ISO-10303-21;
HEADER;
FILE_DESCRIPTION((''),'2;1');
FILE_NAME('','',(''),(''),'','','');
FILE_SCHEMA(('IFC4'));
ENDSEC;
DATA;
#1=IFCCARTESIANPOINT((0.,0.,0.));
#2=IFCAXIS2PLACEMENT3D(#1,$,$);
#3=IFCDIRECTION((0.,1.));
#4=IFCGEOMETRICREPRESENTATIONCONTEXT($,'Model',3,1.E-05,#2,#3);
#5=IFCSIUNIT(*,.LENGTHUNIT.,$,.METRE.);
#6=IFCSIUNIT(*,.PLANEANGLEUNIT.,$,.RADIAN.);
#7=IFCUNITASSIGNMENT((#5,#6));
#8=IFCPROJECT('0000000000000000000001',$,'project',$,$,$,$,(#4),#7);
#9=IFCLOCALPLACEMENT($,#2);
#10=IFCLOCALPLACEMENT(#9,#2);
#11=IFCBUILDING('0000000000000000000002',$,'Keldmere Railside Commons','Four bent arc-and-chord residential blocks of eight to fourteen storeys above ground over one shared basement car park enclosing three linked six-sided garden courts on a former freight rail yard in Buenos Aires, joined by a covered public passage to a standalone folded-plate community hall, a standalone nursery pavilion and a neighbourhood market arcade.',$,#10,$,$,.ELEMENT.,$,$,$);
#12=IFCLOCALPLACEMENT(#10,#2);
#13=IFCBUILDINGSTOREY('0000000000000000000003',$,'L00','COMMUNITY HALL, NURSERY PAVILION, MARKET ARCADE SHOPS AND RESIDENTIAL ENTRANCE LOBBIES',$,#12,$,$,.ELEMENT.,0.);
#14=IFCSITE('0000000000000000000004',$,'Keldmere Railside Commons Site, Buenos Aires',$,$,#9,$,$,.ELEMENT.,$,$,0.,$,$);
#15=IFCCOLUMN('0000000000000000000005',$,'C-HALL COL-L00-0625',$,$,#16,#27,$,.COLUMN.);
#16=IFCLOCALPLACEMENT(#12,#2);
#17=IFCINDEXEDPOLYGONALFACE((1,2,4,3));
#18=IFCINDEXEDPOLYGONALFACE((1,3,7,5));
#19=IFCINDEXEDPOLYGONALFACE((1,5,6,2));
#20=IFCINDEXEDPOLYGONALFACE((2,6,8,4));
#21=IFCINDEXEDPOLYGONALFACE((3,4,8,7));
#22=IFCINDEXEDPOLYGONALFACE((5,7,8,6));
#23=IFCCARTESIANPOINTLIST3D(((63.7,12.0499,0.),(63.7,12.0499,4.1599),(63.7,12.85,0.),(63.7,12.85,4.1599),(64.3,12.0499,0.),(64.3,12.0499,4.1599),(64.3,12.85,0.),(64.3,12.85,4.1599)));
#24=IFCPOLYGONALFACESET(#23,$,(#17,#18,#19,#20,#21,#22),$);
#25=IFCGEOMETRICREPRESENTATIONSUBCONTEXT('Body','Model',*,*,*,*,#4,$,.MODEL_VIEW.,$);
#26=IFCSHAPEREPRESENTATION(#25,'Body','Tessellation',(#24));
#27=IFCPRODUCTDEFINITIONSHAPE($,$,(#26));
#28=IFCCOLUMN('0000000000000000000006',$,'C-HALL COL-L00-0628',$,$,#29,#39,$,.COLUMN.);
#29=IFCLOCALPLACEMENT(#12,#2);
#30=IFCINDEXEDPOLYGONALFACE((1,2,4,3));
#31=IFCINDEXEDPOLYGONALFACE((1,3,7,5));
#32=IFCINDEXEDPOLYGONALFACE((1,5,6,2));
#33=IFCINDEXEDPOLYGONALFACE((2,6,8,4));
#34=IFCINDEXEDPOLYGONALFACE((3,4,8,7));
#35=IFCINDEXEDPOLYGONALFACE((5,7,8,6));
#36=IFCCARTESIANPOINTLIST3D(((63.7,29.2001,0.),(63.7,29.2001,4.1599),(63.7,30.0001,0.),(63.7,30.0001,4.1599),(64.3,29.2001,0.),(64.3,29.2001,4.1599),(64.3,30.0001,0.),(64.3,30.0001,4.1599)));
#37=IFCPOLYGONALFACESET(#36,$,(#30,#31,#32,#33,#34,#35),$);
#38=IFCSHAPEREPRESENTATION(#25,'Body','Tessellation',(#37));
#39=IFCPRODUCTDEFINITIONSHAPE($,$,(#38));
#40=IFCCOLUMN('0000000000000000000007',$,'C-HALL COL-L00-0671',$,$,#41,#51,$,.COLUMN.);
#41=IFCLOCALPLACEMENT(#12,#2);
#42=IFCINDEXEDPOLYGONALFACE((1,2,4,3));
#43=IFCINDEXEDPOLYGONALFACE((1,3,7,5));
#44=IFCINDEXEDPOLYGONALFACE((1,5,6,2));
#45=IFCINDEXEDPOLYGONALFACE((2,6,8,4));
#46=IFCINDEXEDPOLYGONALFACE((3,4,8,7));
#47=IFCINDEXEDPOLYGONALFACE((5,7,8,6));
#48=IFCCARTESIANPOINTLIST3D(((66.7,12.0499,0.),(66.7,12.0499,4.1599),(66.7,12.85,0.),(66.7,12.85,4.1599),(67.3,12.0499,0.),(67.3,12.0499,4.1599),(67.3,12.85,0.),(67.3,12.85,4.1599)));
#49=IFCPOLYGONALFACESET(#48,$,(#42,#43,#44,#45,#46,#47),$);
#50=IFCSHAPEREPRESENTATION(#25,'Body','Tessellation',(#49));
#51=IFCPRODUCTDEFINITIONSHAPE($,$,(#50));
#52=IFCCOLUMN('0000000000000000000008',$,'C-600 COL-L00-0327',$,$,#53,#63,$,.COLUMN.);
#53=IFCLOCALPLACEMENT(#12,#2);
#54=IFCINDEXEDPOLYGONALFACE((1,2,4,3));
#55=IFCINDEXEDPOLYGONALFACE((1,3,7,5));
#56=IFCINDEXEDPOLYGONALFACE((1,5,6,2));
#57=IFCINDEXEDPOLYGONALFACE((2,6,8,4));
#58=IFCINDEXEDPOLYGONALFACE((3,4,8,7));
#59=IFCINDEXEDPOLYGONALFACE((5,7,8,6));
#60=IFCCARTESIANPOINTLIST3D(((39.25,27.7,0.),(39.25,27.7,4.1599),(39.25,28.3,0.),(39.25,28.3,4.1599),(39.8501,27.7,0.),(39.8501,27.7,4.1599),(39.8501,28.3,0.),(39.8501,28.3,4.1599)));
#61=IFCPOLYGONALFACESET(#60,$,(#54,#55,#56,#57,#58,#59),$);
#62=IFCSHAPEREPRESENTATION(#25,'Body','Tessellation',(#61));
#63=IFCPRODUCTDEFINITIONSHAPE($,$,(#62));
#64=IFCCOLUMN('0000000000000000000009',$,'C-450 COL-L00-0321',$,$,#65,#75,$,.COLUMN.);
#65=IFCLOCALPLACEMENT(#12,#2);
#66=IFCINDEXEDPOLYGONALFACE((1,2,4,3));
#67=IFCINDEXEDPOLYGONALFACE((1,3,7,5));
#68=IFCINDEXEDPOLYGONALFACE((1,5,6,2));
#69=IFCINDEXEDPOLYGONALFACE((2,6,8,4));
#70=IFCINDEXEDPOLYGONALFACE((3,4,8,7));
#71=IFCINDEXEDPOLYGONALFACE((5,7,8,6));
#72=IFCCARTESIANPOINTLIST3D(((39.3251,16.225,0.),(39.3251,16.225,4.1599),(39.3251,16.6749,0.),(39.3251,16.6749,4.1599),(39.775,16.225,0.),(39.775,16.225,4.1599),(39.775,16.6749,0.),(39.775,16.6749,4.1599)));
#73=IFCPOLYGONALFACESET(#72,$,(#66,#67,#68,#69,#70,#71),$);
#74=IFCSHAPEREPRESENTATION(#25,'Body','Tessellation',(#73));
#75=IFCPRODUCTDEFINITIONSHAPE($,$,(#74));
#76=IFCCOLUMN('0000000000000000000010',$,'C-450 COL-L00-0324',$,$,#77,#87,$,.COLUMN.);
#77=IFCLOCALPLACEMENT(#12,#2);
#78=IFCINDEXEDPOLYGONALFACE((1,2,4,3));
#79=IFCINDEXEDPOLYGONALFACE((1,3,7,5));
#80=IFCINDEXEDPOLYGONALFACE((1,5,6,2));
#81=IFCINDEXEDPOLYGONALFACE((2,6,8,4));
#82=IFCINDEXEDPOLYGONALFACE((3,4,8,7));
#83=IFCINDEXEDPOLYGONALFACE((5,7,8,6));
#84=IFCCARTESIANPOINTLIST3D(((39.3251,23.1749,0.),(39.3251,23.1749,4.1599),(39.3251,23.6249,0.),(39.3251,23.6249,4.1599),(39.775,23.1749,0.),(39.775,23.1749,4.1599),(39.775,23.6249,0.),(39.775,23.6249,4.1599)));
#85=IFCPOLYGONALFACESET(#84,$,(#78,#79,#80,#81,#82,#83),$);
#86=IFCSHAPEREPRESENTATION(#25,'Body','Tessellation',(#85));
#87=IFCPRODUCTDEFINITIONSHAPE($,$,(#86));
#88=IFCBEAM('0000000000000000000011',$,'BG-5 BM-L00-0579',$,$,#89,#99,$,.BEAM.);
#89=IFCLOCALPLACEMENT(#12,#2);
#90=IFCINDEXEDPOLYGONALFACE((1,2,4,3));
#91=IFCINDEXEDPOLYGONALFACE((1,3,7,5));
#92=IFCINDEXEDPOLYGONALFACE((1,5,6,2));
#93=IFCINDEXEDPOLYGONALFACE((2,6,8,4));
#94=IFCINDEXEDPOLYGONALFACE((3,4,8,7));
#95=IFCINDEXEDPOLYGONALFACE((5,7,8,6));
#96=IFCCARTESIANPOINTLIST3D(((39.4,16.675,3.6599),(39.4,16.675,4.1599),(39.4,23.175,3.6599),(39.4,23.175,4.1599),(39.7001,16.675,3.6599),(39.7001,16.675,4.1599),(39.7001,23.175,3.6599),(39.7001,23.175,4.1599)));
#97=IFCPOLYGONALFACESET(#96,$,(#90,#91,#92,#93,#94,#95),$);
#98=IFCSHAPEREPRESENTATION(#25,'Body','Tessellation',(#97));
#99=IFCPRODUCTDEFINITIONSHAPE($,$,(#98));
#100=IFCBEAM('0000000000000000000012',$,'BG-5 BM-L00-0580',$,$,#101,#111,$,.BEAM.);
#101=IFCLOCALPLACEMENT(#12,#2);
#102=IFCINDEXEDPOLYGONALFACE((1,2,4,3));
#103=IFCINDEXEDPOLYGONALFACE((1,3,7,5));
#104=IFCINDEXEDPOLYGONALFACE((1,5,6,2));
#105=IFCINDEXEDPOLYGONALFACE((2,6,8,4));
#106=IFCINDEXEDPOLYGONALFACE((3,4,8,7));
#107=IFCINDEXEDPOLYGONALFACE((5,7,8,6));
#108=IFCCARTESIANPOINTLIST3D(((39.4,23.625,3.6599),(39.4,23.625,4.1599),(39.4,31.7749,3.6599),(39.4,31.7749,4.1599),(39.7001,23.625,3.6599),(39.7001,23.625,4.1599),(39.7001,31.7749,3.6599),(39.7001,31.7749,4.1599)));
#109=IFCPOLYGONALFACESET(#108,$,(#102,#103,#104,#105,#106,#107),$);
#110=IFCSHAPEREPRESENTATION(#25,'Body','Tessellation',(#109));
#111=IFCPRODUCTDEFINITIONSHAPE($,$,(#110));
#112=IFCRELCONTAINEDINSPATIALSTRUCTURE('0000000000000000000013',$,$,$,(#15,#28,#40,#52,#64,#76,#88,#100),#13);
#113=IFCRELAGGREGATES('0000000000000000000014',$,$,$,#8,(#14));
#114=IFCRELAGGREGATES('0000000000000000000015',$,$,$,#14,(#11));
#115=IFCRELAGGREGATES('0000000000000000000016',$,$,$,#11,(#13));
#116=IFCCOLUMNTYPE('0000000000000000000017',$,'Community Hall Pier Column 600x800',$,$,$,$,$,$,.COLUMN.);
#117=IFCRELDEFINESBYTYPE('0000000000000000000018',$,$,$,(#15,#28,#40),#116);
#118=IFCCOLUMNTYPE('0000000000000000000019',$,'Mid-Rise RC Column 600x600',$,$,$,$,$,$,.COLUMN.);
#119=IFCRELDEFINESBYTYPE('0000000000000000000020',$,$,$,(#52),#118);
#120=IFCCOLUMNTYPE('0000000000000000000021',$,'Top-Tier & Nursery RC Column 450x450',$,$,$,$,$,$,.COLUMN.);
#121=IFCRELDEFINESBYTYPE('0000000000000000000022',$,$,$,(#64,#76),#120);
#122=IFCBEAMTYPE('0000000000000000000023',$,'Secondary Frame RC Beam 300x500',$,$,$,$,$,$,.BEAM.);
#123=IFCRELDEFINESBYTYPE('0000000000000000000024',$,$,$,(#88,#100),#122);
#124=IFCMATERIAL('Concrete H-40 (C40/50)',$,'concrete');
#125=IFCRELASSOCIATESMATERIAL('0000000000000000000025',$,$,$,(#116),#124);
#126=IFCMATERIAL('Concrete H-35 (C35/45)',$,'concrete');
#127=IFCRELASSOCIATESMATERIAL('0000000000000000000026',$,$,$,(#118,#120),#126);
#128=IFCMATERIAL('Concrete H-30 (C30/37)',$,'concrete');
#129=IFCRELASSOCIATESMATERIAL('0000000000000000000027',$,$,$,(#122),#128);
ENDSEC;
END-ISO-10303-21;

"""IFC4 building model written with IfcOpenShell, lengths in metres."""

from ifc_helpers import new_model, si_unit, direction, frame, origin, origin_2d, place, context, subcontext, project, spatial, rectangle, extrude, material, material_profile, profile_set, type_object, element, save


model = new_model("IFC4")

# Units and contexts
model_context = context("Model", 3, precision=1e-05, world=origin(), true_north=direction((0.0, 1.0)))
body_context = subcontext(model_context, "Body", "Model", "MODEL_VIEW")
ifc_project = project(units=[si_unit("LENGTHUNIT", "METRE"), si_unit("PLANEANGLEUNIT", "RADIAN")], contexts=[model_context])

# Site, building, storey
site_placement = place(None, origin())
site = spatial("IfcSite", under=ifc_project, at=site_placement, Name="Keldmere Railside Commons Site, Buenos Aires", CompositionType="ELEMENT", RefElevation=0.0)
building_placement = place(site_placement, origin())
building = spatial("IfcBuilding", under=site, at=building_placement, Name="Keldmere Railside Commons", Description="Four bent arc-and-chord residential blocks of eight to fourteen storeys above ground over one shared basement car park enclosing three linked six-sided garden courts on a former freight rail yard in Buenos Aires, joined by a covered public passage to a standalone folded-plate community hall, a standalone nursery pavilion and a neighbourhood market arcade.", CompositionType="ELEMENT")
storey_placement = place(building_placement, origin())
storey = spatial("IfcBuildingStorey", under=building, at=storey_placement, Name="L00", Description="COMMUNITY HALL, NURSERY PAVILION, MARKET ARCADE SHOPS AND RESIDENTIAL ENTRANCE LOBBIES", CompositionType="ELEMENT", Elevation=0.0)

# Columns
ifc_material_1 = material(Name="Concrete H-40 (C40/50)", Category="concrete")
ifc_material_profile_1 = material_profile(ifc_material_1, rectangle(XDim=0.6001, YDim=0.8, at=origin_2d()), Name="RC-600x800")
ifc_profile_set_1 = profile_set([ifc_material_profile_1], Name="Concrete H-40 (C40/50)")
column_type_1 = type_object("IfcColumnType", Name="Community Hall Pier Column 600x800", PredefinedType="COLUMN", material=ifc_profile_set_1)
for number, where, z_axis, x_axis, name in (
    (1, (64.0, 12.45, 0.0), (0.0, 0.0, 1.0), (1.0, 0.0, 0.0), "C-HALL COL-L00-0625"),
    (2, (64.0, 29.6001, 0.0), (0.0, 0.0, 1.0), (1.0, 0.0, 0.0), "C-HALL COL-L00-0628"),
    (3, (67.0, 12.45, 0.0), (0.0, 0.0, 1.0), (1.0, 0.0, 0.0), "C-HALL COL-L00-0671"),
):
    element("IfcColumn", number, at=place(storey_placement, frame(where, z_axis=z_axis, x_axis=x_axis)), inside=storey, type_object=column_type_1, Name=name, PredefinedType="COLUMN", context=body_context, shape_type="SweptSolid", body=[
        extrude(rectangle(XDim=0.6001, YDim=0.8, at=origin_2d()), origin(), (0.0, 0.0, 1.0), 4.1599),
    ])
ifc_material_2 = material(Name="Concrete H-35 (C35/45)", Category="concrete")
ifc_material_profile_2 = material_profile(ifc_material_2, rectangle(XDim=0.6001, YDim=0.6001, at=origin_2d()), Name="RC-600x600")
ifc_profile_set_2 = profile_set([ifc_material_profile_2], Name="Concrete H-35 (C35/45)")
column_type_2 = type_object("IfcColumnType", Name="Mid-Rise RC Column 600x600", PredefinedType="COLUMN", material=ifc_profile_set_2)
column_placement = place(storey_placement, frame((39.55, 28.0, 0.0), z_axis=(0.0, 0.0, 1.0), x_axis=(1.0, 0.0, 0.0)))
element("IfcColumn", 4, at=column_placement, inside=storey, type_object=column_type_2, Name="C-600 COL-L00-0327", PredefinedType="COLUMN", context=body_context, shape_type="SweptSolid", body=[
    extrude(rectangle(XDim=0.6001, YDim=0.6001, at=origin_2d()), origin(), (0.0, 0.0, 1.0), 4.1599),
])
ifc_material_profile_3 = material_profile(ifc_material_2, rectangle(XDim=0.45, YDim=0.45, at=origin_2d()), Name="RC-450x450")
ifc_profile_set_3 = profile_set([ifc_material_profile_3], Name="Concrete H-35 (C35/45)")
column_type_3 = type_object("IfcColumnType", Name="Top-Tier & Nursery RC Column 450x450", PredefinedType="COLUMN", material=ifc_profile_set_3)
for number, where, z_axis, x_axis, name in (
    (5, (39.55, 16.45, 0.0), (0.0, 0.0, 1.0), (1.0, 0.0, 0.0), "C-450 COL-L00-0321"),
    (6, (39.55, 23.3999, 0.0), (0.0, 0.0, 1.0), (1.0, 0.0, 0.0), "C-450 COL-L00-0324"),
):
    element("IfcColumn", number, at=place(storey_placement, frame(where, z_axis=z_axis, x_axis=x_axis)), inside=storey, type_object=column_type_3, Name=name, PredefinedType="COLUMN", context=body_context, shape_type="SweptSolid", body=[
        extrude(rectangle(XDim=0.45, YDim=0.45, at=origin_2d()), origin(), (0.0, 0.0, 1.0), 4.1599),
    ])

# Beams
ifc_material_3 = material(Name="Concrete H-30 (C30/37)", Category="concrete")
ifc_material_profile_4 = material_profile(ifc_material_3, rectangle(XDim=0.3, YDim=0.5, at=origin_2d()), Name="RC-300x500")
ifc_profile_set_4 = profile_set([ifc_material_profile_4], Name="Concrete H-30 (C30/37)")
beam_type = type_object("IfcBeamType", Name="Secondary Frame RC Beam 300x500", PredefinedType="BEAM", material=ifc_profile_set_4)
beam_1_placement = place(storey_placement, frame((39.55, 16.675, 3.9099), z_axis=(0.0, 1.0, 0.0), x_axis=(-1.0, 0.0, 0.0)))
element("IfcBeam", 7, at=beam_1_placement, inside=storey, type_object=beam_type, Name="BG-5 BM-L00-0579", PredefinedType="BEAM", context=body_context, shape_type="SweptSolid", body=[
    extrude(rectangle(XDim=0.3, YDim=0.5, at=origin_2d()), origin(), (0.0, 0.0, 1.0), 6.5),
])
beam_2_placement = place(storey_placement, frame((39.55, 23.625, 3.9099), z_axis=(0.0, 1.0, 0.0), x_axis=(-1.0, 0.0, 0.0)))
element("IfcBeam", 8, at=beam_2_placement, inside=storey, type_object=beam_type, Name="BG-5 BM-L00-0580", PredefinedType="BEAM", context=body_context, shape_type="SweptSolid", body=[
    extrude(rectangle(XDim=0.3, YDim=0.5, at=origin_2d()), origin(), (0.0, 0.0, 1.0), 8.1499),
])

save(model, "model.ifc")
